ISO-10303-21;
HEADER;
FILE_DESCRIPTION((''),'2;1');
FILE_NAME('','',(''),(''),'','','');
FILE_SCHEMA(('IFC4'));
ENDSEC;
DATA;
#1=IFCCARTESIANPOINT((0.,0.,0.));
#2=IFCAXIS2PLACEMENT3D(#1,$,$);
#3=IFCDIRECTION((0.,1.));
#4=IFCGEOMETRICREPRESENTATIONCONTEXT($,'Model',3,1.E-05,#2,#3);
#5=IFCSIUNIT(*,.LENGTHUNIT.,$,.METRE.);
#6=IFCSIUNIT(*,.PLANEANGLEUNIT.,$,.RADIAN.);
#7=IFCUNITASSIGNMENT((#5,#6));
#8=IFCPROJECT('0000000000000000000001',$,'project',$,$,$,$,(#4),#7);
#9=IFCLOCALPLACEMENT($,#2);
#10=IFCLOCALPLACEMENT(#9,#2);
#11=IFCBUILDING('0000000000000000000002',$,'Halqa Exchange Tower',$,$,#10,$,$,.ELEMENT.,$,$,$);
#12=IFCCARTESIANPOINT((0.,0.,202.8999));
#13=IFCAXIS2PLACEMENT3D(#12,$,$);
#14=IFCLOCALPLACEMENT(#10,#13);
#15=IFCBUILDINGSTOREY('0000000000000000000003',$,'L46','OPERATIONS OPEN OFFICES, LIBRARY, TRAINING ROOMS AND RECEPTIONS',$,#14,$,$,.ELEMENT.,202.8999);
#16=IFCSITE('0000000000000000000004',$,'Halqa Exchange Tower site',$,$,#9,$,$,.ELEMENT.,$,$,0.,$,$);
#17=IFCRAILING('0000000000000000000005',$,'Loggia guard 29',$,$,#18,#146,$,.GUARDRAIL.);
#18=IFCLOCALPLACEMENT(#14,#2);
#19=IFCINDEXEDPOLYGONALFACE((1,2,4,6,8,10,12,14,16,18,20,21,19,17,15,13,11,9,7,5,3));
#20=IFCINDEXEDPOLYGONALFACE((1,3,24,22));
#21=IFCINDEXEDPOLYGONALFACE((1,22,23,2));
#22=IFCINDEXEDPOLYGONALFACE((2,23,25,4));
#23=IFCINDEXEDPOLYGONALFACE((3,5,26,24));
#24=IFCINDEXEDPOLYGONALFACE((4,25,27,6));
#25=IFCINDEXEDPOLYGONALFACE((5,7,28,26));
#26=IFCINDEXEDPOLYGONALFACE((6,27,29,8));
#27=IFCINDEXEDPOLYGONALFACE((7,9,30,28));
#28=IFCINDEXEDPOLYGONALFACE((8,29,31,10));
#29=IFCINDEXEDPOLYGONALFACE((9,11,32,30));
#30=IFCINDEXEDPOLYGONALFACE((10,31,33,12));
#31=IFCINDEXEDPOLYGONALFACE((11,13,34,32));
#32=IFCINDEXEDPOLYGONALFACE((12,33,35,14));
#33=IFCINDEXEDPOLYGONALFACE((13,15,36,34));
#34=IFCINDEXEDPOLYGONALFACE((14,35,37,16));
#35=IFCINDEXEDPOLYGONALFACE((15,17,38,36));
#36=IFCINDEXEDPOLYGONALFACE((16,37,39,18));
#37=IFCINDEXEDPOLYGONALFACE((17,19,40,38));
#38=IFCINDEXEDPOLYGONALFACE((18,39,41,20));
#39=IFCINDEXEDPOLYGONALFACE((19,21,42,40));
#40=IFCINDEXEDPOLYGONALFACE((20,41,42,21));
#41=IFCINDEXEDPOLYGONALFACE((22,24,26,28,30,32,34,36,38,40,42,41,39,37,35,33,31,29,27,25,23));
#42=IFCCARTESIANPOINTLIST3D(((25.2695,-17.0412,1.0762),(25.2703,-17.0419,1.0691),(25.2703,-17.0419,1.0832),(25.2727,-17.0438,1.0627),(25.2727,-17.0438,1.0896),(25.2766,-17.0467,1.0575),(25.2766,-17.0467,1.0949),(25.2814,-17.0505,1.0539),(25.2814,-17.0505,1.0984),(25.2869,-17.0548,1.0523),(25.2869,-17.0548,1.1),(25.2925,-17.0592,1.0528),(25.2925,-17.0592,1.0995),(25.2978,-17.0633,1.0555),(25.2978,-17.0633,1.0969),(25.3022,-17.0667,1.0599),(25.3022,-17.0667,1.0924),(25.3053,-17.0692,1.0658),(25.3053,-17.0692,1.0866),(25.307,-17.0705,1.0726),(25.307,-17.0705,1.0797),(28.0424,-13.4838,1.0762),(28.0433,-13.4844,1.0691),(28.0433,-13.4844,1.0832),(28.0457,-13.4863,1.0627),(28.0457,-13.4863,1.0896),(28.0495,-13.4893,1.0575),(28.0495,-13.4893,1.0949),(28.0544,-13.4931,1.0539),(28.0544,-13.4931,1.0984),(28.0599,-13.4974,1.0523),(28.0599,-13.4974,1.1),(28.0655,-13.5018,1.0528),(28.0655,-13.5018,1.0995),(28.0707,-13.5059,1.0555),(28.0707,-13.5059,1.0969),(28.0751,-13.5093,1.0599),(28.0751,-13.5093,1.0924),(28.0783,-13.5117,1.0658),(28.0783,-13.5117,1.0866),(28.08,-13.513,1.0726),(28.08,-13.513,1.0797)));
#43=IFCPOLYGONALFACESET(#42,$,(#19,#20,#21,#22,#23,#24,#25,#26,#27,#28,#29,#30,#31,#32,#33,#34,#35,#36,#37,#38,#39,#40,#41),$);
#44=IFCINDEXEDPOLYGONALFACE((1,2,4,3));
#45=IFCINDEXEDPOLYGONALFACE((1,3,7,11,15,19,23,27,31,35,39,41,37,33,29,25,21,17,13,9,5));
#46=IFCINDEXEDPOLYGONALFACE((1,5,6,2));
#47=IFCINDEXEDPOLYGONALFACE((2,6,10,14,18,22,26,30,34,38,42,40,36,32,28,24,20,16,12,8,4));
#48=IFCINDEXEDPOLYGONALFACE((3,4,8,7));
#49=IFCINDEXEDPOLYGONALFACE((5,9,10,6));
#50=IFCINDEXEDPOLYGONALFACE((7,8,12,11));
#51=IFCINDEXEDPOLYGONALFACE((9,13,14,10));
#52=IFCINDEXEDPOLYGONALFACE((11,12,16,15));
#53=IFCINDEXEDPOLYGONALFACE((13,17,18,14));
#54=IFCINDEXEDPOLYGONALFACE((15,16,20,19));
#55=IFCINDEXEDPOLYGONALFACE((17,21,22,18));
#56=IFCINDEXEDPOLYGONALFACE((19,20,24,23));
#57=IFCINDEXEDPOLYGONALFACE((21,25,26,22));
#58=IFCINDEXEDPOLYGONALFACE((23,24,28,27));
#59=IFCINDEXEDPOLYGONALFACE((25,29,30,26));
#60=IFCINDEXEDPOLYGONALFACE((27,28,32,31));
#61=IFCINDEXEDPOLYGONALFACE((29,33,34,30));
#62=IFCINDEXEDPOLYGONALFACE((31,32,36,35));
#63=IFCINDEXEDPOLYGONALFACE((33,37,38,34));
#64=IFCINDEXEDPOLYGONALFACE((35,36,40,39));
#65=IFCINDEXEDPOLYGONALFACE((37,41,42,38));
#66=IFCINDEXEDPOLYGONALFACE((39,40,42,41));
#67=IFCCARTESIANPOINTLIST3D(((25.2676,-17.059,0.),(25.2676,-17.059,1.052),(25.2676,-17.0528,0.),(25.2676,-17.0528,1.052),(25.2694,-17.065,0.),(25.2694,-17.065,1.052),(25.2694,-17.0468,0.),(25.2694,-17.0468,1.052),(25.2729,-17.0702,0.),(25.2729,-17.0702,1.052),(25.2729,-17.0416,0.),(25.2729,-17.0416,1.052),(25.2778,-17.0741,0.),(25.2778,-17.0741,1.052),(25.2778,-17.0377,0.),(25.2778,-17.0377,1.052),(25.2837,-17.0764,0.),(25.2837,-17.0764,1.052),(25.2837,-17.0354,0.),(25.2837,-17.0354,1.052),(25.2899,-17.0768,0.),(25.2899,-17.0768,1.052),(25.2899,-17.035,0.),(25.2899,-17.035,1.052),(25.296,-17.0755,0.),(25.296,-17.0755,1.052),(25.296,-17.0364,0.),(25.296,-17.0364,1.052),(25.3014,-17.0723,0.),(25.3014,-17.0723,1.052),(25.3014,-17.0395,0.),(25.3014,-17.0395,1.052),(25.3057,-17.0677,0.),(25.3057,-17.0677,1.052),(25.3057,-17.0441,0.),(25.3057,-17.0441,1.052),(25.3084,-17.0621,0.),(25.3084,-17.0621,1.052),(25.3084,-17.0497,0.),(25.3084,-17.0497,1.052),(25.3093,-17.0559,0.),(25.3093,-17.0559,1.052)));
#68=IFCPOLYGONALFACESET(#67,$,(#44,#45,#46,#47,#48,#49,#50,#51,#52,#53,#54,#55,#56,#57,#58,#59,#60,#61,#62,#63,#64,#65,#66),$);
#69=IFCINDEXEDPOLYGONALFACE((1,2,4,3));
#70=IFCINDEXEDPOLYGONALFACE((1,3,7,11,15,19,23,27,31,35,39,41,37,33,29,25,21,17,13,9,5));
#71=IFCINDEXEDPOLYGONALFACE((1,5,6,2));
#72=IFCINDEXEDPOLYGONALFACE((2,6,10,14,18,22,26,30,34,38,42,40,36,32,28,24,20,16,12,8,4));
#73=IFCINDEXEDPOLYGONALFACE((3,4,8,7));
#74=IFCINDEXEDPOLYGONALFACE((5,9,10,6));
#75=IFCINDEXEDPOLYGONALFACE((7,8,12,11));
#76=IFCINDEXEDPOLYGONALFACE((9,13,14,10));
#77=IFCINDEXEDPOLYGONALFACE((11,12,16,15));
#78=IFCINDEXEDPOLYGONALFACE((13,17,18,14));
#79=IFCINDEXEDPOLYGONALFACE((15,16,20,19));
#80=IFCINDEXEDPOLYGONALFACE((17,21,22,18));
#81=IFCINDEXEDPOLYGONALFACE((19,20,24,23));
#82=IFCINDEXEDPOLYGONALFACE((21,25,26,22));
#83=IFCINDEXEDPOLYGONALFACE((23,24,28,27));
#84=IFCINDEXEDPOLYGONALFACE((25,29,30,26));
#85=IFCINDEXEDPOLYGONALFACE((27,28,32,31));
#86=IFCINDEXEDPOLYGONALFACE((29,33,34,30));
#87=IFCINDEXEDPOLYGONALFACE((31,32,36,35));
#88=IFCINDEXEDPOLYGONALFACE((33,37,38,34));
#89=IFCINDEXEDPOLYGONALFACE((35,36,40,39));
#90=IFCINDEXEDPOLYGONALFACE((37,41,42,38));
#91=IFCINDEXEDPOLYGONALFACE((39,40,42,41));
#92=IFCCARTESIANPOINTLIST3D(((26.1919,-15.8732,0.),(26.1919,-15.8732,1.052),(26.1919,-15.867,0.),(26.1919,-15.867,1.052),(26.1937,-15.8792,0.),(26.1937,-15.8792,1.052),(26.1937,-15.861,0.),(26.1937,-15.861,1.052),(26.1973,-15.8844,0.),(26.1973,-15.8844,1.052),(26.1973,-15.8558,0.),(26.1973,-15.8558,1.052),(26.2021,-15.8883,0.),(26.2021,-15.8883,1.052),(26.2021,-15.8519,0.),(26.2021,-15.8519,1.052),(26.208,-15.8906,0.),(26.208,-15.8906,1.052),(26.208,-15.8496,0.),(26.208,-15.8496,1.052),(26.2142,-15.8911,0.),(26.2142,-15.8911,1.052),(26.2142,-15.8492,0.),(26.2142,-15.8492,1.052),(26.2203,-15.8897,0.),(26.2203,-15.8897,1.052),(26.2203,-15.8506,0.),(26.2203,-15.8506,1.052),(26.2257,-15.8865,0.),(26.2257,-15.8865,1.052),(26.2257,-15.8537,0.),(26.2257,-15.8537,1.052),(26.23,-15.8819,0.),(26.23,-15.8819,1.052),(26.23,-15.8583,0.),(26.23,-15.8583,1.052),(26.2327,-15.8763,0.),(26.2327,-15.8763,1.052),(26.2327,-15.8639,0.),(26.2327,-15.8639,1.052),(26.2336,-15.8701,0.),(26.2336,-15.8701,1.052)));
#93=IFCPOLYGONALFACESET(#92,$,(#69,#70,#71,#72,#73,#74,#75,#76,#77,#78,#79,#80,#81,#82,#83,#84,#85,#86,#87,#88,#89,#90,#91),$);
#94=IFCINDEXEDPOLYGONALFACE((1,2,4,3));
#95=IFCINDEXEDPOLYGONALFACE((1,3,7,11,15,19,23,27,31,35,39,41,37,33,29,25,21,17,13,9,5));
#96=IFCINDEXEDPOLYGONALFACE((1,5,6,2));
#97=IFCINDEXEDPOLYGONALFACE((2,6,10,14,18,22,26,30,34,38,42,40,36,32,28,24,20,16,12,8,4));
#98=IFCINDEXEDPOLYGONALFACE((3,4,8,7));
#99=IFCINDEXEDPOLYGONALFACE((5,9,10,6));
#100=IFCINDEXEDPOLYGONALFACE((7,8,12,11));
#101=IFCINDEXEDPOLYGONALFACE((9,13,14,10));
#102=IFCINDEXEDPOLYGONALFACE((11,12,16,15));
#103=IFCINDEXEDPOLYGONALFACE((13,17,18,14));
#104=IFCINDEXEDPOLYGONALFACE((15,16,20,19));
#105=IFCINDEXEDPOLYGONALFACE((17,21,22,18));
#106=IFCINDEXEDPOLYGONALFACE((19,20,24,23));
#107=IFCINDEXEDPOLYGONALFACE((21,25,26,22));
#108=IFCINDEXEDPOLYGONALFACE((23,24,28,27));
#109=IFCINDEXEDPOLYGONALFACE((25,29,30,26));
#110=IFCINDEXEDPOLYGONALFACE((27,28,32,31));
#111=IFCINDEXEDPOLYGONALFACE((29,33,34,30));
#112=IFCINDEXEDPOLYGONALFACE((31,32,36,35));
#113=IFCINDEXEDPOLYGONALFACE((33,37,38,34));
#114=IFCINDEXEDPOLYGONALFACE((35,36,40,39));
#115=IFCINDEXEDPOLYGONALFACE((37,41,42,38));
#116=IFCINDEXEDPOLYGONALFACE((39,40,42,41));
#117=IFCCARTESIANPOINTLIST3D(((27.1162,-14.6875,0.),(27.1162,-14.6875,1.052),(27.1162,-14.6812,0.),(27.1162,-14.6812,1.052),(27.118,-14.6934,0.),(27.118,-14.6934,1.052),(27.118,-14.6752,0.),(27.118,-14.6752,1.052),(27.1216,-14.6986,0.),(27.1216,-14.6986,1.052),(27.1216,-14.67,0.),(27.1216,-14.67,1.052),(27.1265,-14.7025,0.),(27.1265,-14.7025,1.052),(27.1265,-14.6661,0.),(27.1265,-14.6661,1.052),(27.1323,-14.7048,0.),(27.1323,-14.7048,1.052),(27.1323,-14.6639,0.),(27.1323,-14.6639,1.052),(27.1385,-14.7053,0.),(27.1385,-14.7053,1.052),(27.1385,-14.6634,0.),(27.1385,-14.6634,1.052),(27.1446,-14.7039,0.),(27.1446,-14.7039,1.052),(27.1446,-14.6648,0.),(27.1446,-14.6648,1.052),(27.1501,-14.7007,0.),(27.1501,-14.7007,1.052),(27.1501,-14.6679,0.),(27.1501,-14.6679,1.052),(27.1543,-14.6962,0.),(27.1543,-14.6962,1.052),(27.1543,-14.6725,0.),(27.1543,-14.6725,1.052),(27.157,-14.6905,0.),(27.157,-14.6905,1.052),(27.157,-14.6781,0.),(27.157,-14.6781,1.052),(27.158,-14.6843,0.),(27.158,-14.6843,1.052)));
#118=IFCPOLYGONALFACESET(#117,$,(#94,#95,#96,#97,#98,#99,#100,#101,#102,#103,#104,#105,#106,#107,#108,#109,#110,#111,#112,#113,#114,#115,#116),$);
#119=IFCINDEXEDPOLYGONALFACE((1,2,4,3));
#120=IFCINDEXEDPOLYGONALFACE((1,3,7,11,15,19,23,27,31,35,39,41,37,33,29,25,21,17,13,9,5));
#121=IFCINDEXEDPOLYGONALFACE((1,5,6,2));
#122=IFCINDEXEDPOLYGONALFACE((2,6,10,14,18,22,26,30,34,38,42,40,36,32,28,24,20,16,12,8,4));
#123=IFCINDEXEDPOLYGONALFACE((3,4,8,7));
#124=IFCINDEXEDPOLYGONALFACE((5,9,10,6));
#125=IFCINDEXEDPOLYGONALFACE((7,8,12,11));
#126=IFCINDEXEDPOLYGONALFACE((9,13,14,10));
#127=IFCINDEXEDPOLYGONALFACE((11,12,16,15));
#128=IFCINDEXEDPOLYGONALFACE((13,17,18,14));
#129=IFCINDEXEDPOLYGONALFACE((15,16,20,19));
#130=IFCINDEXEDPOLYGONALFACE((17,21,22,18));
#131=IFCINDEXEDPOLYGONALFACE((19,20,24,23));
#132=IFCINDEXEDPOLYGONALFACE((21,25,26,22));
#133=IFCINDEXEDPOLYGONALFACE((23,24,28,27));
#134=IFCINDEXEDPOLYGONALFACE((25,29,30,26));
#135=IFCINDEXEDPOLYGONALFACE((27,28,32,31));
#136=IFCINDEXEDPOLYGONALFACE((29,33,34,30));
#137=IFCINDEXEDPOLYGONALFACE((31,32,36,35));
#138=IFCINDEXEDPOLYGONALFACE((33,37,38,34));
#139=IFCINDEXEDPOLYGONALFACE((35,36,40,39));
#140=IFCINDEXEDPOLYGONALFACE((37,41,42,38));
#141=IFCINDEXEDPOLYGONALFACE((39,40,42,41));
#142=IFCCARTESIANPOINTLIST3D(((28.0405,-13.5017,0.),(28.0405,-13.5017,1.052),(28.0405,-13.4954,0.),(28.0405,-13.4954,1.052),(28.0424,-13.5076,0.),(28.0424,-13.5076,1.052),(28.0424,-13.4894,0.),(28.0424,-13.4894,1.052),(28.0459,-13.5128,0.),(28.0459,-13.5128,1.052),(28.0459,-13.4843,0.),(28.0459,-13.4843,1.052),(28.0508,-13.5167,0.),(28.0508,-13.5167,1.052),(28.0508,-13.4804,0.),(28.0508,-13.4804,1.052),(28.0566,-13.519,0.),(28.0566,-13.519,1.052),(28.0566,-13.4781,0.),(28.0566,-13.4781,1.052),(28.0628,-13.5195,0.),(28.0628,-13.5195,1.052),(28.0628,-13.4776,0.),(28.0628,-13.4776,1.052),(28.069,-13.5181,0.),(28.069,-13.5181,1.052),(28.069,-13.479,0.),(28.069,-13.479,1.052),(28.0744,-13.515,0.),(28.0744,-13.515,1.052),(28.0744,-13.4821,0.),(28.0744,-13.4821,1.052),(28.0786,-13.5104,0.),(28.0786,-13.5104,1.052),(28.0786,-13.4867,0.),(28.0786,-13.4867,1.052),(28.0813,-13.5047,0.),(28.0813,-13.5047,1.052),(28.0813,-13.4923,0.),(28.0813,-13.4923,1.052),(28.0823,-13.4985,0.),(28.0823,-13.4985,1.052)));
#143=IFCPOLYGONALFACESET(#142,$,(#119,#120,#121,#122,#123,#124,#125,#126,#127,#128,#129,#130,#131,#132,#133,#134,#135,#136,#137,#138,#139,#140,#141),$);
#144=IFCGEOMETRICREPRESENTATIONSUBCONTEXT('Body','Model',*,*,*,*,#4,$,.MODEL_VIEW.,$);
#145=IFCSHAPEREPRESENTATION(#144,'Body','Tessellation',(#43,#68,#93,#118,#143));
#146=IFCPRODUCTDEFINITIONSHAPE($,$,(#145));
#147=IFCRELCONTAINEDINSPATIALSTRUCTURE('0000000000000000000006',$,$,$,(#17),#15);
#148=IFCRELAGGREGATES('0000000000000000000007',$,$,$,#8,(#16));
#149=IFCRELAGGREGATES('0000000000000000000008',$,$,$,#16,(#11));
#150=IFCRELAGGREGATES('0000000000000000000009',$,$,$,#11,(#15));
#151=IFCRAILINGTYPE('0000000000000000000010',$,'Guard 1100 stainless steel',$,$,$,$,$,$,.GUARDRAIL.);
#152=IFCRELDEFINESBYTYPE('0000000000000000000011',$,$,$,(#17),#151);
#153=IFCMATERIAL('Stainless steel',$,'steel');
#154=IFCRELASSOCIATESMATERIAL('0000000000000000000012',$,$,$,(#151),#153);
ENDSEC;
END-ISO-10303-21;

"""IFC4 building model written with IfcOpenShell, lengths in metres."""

from ifc_helpers import new_model, si_unit, direction, frame, origin, origin_2d, place, context, subcontext, project, spatial, circle, extrude, material, type_object, element, save


model = new_model("IFC4")

# Units and contexts
model_context = context("Model", 3, precision=1e-05, world=origin(), true_north=direction((0.0, 1.0)))
body_context = subcontext(model_context, "Body", "Model", "MODEL_VIEW")
ifc_project = project(units=[si_unit("LENGTHUNIT", "METRE"), si_unit("PLANEANGLEUNIT", "RADIAN")], contexts=[model_context])

# Site, building, storey
site_placement = place(None, origin())
site = spatial("IfcSite", under=ifc_project, at=site_placement, Name="Halqa Exchange Tower site", CompositionType="ELEMENT", RefElevation=0.0)
building_placement = place(site_placement, origin())
building = spatial("IfcBuilding", under=site, at=building_placement, Name="Halqa Exchange Tower", CompositionType="ELEMENT")
storey_placement = place(building_placement, frame((0.0, 0.0, 202.8999)))
storey = spatial("IfcBuildingStorey", under=building, at=storey_placement, Name="L46", Description="OPERATIONS OPEN OFFICES, LIBRARY, TRAINING ROOMS AND RECEPTIONS", CompositionType="ELEMENT", Elevation=202.8999)

# Railing
ifc_material_1 = material(Name="Stainless steel", Category="steel")
railing_type = type_object("IfcRailingType", Name="Guard 1100 stainless steel", PredefinedType="GUARDRAIL", material=ifc_material_1)
railing_1_placement = place(storey_placement, frame((25.2883, -17.0559, 0.0)))
element("IfcRailing", 1, at=railing_1_placement, inside=storey, type_object=railing_type, Name="Loggia guard 29", PredefinedType="GUARDRAIL", context=body_context, shape_type="SweptSolid", body=[
    extrude(circle(Radius=0.0239, at=origin_2d()), frame((0.0, 0.0, 1.0762), z_axis=(0.614783, 0.788696, 0.0), x_axis=(-0.788696, 0.614783, 0.0)), (0.0, 0.0, 1.0), 4.5105),
    extrude(circle(Radius=0.021, at=origin_2d()), origin(), (0.0, 0.0, 1.0), 1.052),
    extrude(circle(Radius=0.021, at=origin_2d()), frame((0.9243, 1.1858, 0.0)), (0.0, 0.0, 1.0), 1.052),
    extrude(circle(Radius=0.021, at=origin_2d()), frame((1.8486, 2.3716, 0.0)), (0.0, 0.0, 1.0), 1.052),
    extrude(circle(Radius=0.021, at=origin_2d()), frame((2.7729, 3.5574, 0.0)), (0.0, 0.0, 1.0), 1.052),
])

save(model, "model.ifc")
